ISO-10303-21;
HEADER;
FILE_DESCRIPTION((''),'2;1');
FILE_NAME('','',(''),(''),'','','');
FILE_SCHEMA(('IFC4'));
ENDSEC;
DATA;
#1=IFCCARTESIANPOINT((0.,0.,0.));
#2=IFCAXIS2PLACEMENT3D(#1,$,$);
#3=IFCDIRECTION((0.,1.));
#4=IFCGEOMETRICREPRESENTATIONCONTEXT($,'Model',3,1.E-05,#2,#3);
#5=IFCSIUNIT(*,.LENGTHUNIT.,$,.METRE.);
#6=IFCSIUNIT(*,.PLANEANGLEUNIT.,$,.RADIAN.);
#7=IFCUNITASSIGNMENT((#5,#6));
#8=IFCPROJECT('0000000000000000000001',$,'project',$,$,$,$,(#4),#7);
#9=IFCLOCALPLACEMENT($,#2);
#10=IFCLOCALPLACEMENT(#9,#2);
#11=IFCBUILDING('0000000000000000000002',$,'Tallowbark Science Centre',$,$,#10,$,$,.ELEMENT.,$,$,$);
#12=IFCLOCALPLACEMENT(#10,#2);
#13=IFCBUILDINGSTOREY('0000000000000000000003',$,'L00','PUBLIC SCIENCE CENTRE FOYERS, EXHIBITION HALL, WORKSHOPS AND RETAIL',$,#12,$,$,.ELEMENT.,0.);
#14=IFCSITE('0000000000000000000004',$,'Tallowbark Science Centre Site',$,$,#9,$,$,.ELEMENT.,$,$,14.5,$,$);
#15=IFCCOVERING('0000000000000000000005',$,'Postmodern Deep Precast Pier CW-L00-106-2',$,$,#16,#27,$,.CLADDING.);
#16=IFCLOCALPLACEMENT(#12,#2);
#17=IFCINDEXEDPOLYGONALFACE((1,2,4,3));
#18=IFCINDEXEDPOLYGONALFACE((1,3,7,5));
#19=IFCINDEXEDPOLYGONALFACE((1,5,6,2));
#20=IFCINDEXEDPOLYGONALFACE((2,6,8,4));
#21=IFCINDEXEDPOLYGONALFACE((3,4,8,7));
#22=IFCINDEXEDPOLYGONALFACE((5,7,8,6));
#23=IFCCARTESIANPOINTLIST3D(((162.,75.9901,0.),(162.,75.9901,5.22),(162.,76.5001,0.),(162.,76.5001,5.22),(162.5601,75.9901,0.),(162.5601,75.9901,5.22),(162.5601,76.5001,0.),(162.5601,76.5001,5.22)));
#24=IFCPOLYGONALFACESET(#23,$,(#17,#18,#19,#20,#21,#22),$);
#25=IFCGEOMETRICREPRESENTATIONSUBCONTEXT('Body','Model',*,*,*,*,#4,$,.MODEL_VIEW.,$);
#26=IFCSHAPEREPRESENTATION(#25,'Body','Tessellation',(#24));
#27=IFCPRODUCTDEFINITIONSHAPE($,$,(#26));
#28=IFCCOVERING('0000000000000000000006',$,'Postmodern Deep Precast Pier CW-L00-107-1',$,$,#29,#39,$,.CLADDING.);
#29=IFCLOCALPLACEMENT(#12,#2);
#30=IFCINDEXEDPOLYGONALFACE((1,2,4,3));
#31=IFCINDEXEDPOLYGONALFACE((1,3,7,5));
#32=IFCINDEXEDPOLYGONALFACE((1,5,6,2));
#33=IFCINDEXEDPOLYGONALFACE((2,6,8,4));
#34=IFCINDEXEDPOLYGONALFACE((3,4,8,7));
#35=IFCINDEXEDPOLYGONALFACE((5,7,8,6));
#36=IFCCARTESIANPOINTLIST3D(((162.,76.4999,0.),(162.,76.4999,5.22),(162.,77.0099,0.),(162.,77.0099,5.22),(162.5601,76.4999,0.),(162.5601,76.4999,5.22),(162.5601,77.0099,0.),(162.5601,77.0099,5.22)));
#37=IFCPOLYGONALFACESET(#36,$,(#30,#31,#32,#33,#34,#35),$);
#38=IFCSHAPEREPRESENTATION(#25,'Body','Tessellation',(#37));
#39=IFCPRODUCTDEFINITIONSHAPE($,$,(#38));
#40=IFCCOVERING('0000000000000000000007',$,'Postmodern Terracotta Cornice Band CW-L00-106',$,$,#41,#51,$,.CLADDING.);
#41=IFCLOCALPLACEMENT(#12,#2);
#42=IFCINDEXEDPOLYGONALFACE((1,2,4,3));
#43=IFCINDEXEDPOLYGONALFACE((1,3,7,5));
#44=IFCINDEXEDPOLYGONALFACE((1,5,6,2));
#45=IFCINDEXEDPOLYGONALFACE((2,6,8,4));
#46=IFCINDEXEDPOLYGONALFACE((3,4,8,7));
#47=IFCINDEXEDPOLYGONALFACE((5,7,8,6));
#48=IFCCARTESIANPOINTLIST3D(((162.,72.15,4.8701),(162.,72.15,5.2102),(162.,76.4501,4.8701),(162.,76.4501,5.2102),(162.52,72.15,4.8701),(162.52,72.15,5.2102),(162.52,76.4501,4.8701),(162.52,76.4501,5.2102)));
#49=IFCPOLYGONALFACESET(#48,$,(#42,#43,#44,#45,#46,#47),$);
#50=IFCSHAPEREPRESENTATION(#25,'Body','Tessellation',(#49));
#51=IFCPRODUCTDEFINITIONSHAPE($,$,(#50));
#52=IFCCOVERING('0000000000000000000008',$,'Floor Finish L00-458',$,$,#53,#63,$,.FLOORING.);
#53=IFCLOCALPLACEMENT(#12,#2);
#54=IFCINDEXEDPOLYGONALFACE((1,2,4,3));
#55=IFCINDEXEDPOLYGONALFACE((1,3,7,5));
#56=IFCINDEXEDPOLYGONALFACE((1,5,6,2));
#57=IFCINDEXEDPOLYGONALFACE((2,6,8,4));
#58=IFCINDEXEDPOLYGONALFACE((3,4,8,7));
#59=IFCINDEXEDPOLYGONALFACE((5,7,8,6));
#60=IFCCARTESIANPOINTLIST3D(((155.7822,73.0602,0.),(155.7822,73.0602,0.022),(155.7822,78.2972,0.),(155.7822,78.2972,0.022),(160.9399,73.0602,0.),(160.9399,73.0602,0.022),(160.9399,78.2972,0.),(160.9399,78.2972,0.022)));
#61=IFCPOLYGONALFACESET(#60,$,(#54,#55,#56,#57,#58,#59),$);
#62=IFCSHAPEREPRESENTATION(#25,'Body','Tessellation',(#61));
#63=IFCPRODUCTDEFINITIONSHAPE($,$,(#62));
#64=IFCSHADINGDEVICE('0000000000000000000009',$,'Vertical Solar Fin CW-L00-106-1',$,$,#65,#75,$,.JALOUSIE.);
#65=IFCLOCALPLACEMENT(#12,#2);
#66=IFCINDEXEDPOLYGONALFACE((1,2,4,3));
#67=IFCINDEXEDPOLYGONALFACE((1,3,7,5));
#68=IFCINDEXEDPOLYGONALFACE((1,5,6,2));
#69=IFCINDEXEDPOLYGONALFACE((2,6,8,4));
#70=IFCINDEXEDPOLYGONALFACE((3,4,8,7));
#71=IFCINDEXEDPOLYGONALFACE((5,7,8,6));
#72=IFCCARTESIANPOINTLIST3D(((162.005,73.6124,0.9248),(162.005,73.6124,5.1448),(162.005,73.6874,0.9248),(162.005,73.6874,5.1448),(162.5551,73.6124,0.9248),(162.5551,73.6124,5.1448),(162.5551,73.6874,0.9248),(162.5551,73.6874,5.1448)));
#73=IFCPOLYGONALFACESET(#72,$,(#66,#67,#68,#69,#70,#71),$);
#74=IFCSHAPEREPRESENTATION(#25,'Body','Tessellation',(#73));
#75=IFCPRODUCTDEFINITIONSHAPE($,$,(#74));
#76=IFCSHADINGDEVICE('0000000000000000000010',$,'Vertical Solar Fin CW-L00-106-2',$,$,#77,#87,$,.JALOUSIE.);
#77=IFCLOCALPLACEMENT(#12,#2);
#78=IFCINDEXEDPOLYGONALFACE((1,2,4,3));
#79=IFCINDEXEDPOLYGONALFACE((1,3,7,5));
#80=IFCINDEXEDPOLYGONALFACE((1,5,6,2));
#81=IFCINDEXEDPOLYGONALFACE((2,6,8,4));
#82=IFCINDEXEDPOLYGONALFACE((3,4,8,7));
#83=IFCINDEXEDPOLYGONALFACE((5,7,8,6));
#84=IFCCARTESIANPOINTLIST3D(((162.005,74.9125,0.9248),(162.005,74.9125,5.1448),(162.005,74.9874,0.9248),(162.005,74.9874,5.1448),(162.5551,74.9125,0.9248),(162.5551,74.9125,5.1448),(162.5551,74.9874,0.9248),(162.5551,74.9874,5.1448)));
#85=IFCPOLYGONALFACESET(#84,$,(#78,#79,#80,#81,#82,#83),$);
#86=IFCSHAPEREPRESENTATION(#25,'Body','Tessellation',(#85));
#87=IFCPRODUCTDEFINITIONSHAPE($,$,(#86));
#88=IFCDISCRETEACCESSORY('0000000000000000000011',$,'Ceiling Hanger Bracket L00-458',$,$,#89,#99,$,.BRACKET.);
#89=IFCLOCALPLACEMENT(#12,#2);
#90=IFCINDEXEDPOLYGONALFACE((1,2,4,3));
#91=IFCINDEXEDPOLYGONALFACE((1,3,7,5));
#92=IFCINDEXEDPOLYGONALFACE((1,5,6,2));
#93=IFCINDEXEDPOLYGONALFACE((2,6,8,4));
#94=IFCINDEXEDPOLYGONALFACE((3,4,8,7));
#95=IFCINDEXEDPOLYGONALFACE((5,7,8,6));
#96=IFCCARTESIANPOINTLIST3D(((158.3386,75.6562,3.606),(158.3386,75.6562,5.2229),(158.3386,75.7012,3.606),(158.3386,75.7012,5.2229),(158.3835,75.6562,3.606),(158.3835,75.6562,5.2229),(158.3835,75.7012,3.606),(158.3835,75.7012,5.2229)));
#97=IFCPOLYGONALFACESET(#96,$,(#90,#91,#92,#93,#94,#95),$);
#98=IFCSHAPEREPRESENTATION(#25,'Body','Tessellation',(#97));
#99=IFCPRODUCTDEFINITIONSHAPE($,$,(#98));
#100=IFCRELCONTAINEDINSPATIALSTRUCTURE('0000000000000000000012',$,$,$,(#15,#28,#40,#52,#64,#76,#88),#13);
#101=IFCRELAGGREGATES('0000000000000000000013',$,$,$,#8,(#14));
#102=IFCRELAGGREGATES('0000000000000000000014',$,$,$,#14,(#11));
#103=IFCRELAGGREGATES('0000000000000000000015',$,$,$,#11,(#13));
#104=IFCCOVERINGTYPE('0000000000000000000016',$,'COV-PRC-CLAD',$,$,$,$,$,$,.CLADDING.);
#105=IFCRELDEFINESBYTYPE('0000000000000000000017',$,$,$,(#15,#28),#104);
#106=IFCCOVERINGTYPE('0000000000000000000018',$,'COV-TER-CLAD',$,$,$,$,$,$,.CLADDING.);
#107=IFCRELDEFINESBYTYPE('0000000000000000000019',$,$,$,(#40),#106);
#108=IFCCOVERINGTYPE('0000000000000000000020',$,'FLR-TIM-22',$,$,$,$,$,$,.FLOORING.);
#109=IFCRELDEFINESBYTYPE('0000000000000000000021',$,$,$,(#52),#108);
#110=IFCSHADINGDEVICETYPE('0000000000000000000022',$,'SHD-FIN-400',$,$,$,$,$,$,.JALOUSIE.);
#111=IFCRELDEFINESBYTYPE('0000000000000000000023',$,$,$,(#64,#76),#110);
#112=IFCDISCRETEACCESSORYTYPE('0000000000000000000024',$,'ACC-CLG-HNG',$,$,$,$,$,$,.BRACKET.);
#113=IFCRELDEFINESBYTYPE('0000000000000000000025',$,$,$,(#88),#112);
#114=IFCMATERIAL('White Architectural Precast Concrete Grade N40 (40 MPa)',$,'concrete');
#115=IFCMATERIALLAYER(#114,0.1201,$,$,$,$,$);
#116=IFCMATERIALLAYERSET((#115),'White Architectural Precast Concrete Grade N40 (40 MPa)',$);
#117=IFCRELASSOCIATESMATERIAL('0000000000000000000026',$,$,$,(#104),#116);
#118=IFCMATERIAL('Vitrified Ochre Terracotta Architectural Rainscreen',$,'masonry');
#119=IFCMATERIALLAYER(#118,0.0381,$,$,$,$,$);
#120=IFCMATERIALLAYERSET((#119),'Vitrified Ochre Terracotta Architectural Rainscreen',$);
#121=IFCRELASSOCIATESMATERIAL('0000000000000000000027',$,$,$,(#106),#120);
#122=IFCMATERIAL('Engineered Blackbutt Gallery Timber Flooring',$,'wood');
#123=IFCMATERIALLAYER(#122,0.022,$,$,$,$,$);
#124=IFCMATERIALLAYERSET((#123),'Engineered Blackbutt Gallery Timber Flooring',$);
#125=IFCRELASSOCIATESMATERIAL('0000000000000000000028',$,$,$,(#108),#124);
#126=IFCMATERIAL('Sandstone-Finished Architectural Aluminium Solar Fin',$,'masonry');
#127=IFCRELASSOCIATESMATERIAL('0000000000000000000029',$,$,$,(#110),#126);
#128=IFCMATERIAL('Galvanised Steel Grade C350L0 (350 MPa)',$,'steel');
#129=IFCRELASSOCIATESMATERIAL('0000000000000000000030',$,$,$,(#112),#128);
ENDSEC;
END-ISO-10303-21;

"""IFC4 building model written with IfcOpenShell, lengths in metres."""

from ifc_helpers import new_model, si_unit, direction, frame, origin, origin_2d, place, context, subcontext, project, spatial, rectangle, extrude, material, layer, layer_set, type_object, element, save


model = new_model("IFC4")

# Units and contexts
model_context = context("Model", 3, precision=1e-05, world=origin(), true_north=direction((0.0, 1.0)))
body_context = subcontext(model_context, "Body", "Model", "MODEL_VIEW")
ifc_project = project(units=[si_unit("LENGTHUNIT", "METRE"), si_unit("PLANEANGLEUNIT", "RADIAN")], contexts=[model_context])

# Site, building, storey
site_placement = place(None, origin())
site = spatial("IfcSite", under=ifc_project, at=site_placement, Name="Tallowbark Science Centre Site", CompositionType="ELEMENT", RefElevation=14.5)
building_placement = place(site_placement, origin())
building = spatial("IfcBuilding", under=site, at=building_placement, Name="Tallowbark Science Centre", CompositionType="ELEMENT")
storey_placement = place(building_placement, origin())
storey = spatial("IfcBuildingStorey", under=building, at=storey_placement, Name="L00", Description="PUBLIC SCIENCE CENTRE FOYERS, EXHIBITION HALL, WORKSHOPS AND RETAIL", CompositionType="ELEMENT", Elevation=0.0)

# Coverings
ifc_material_1 = material(Name="White Architectural Precast Concrete Grade N40 (40 MPa)", Category="concrete")
ifc_layer_1 = layer(ifc_material_1, 0.1201)
ifc_layer_set_1 = layer_set([ifc_layer_1], Name="White Architectural Precast Concrete Grade N40 (40 MPa)")
covering_type_1 = type_object("IfcCoveringType", Name="COV-PRC-CLAD", PredefinedType="CLADDING", material=ifc_layer_set_1)
for number, where, z_axis, x_axis, name in (
    (1, (162.28, 76.2451, 0.0), (0.0, 0.0, 1.0), (0.0, 1.0, 0.0), "Postmodern Deep Precast Pier CW-L00-106-2"),
    (2, (162.28, 76.7549, 0.0), (0.0, 0.0, 1.0), (0.0, 1.0, 0.0), "Postmodern Deep Precast Pier CW-L00-107-1"),
):
    element("IfcCovering", number, at=place(storey_placement, frame(where, z_axis=z_axis, x_axis=x_axis)), inside=storey, type_object=covering_type_1, Name=name, PredefinedType="CLADDING", context=body_context, shape_type="SweptSolid", body=[
        extrude(rectangle(XDim=0.51, YDim=0.5601, at=origin_2d()), origin(), (0.0, 0.0, 1.0), 5.22),
    ])
ifc_material_2 = material(Name="Vitrified Ochre Terracotta Architectural Rainscreen", Category="masonry")
ifc_layer_2 = layer(ifc_material_2, 0.0381)
ifc_layer_set_2 = layer_set([ifc_layer_2], Name="Vitrified Ochre Terracotta Architectural Rainscreen")
covering_type_2 = type_object("IfcCoveringType", Name="COV-TER-CLAD", PredefinedType="CLADDING", material=ifc_layer_set_2)
covering_1_placement = place(storey_placement, frame((162.26, 74.3, 4.8701), z_axis=(0.0, 0.0, 1.0), x_axis=(0.0, 1.0, 0.0)))
element("IfcCovering", 3, at=covering_1_placement, inside=storey, type_object=covering_type_2, Name="Postmodern Terracotta Cornice Band CW-L00-106", PredefinedType="CLADDING", context=body_context, shape_type="SweptSolid", body=[
    extrude(rectangle(XDim=4.3, YDim=0.52, at=origin_2d()), origin(), (0.0, 0.0, 1.0), 0.3401),
])
ifc_material_3 = material(Name="Engineered Blackbutt Gallery Timber Flooring", Category="wood")
ifc_layer_3 = layer(ifc_material_3, 0.022)
ifc_layer_set_3 = layer_set([ifc_layer_3], Name="Engineered Blackbutt Gallery Timber Flooring")
covering_type_3 = type_object("IfcCoveringType", Name="FLR-TIM-22", PredefinedType="FLOORING", material=ifc_layer_set_3)
covering_2_placement = place(storey_placement, frame((158.3611, 75.6787, 0.0), z_axis=(0.0, 0.0, 1.0), x_axis=(1.0, 0.0, 0.0)))
element("IfcCovering", 4, at=covering_2_placement, inside=storey, type_object=covering_type_3, Name="Floor Finish L00-458", PredefinedType="FLOORING", context=body_context, shape_type="SweptSolid", body=[
    extrude(rectangle(XDim=5.1577, YDim=5.2371, at=origin_2d()), origin(), (0.0, 0.0, 1.0), 0.022),
])

# Shading devices
ifc_material_4 = material(Name="Sandstone-Finished Architectural Aluminium Solar Fin", Category="masonry")
shading_device_type = type_object("IfcShadingDeviceType", Name="SHD-FIN-400", PredefinedType="JALOUSIE", material=ifc_material_4)
for number, where, z_axis, x_axis, name in (
    (5, (162.28, 73.6499, 0.9248), (0.0, 0.0, 1.0), (0.0, 1.0, 0.0), "Vertical Solar Fin CW-L00-106-1"),
    (6, (162.28, 74.95, 0.9248), (0.0, 0.0, 1.0), (0.0, 1.0, 0.0), "Vertical Solar Fin CW-L00-106-2"),
):
    element("IfcShadingDevice", number, at=place(storey_placement, frame(where, z_axis=z_axis, x_axis=x_axis)), inside=storey, type_object=shading_device_type, Name=name, PredefinedType="JALOUSIE", context=body_context, shape_type="SweptSolid", body=[
        extrude(rectangle(XDim=0.075, YDim=0.55, at=origin_2d()), origin(), (0.0, 0.0, 1.0), 4.22),
    ])

# Discrete accessory
ifc_material_5 = material(Name="Galvanised Steel Grade C350L0 (350 MPa)", Category="steel")
discrete_accessory_type = type_object("IfcDiscreteAccessoryType", Name="ACC-CLG-HNG", PredefinedType="BRACKET", material=ifc_material_5)
discrete_accessory_placement = place(storey_placement, frame((158.3611, 75.6787, 3.606), z_axis=(0.0, 0.0, 1.0), x_axis=(1.0, 0.0, 0.0)))
element("IfcDiscreteAccessory", 7, at=discrete_accessory_placement, inside=storey, type_object=discrete_accessory_type, Name="Ceiling Hanger Bracket L00-458", PredefinedType="BRACKET", context=body_context, shape_type="SweptSolid", body=[
    extrude(rectangle(XDim=0.0449, YDim=0.0449, at=origin_2d()), origin(), (0.0, 0.0, 1.0), 1.6169),
])

save(model, "model.ifc")
